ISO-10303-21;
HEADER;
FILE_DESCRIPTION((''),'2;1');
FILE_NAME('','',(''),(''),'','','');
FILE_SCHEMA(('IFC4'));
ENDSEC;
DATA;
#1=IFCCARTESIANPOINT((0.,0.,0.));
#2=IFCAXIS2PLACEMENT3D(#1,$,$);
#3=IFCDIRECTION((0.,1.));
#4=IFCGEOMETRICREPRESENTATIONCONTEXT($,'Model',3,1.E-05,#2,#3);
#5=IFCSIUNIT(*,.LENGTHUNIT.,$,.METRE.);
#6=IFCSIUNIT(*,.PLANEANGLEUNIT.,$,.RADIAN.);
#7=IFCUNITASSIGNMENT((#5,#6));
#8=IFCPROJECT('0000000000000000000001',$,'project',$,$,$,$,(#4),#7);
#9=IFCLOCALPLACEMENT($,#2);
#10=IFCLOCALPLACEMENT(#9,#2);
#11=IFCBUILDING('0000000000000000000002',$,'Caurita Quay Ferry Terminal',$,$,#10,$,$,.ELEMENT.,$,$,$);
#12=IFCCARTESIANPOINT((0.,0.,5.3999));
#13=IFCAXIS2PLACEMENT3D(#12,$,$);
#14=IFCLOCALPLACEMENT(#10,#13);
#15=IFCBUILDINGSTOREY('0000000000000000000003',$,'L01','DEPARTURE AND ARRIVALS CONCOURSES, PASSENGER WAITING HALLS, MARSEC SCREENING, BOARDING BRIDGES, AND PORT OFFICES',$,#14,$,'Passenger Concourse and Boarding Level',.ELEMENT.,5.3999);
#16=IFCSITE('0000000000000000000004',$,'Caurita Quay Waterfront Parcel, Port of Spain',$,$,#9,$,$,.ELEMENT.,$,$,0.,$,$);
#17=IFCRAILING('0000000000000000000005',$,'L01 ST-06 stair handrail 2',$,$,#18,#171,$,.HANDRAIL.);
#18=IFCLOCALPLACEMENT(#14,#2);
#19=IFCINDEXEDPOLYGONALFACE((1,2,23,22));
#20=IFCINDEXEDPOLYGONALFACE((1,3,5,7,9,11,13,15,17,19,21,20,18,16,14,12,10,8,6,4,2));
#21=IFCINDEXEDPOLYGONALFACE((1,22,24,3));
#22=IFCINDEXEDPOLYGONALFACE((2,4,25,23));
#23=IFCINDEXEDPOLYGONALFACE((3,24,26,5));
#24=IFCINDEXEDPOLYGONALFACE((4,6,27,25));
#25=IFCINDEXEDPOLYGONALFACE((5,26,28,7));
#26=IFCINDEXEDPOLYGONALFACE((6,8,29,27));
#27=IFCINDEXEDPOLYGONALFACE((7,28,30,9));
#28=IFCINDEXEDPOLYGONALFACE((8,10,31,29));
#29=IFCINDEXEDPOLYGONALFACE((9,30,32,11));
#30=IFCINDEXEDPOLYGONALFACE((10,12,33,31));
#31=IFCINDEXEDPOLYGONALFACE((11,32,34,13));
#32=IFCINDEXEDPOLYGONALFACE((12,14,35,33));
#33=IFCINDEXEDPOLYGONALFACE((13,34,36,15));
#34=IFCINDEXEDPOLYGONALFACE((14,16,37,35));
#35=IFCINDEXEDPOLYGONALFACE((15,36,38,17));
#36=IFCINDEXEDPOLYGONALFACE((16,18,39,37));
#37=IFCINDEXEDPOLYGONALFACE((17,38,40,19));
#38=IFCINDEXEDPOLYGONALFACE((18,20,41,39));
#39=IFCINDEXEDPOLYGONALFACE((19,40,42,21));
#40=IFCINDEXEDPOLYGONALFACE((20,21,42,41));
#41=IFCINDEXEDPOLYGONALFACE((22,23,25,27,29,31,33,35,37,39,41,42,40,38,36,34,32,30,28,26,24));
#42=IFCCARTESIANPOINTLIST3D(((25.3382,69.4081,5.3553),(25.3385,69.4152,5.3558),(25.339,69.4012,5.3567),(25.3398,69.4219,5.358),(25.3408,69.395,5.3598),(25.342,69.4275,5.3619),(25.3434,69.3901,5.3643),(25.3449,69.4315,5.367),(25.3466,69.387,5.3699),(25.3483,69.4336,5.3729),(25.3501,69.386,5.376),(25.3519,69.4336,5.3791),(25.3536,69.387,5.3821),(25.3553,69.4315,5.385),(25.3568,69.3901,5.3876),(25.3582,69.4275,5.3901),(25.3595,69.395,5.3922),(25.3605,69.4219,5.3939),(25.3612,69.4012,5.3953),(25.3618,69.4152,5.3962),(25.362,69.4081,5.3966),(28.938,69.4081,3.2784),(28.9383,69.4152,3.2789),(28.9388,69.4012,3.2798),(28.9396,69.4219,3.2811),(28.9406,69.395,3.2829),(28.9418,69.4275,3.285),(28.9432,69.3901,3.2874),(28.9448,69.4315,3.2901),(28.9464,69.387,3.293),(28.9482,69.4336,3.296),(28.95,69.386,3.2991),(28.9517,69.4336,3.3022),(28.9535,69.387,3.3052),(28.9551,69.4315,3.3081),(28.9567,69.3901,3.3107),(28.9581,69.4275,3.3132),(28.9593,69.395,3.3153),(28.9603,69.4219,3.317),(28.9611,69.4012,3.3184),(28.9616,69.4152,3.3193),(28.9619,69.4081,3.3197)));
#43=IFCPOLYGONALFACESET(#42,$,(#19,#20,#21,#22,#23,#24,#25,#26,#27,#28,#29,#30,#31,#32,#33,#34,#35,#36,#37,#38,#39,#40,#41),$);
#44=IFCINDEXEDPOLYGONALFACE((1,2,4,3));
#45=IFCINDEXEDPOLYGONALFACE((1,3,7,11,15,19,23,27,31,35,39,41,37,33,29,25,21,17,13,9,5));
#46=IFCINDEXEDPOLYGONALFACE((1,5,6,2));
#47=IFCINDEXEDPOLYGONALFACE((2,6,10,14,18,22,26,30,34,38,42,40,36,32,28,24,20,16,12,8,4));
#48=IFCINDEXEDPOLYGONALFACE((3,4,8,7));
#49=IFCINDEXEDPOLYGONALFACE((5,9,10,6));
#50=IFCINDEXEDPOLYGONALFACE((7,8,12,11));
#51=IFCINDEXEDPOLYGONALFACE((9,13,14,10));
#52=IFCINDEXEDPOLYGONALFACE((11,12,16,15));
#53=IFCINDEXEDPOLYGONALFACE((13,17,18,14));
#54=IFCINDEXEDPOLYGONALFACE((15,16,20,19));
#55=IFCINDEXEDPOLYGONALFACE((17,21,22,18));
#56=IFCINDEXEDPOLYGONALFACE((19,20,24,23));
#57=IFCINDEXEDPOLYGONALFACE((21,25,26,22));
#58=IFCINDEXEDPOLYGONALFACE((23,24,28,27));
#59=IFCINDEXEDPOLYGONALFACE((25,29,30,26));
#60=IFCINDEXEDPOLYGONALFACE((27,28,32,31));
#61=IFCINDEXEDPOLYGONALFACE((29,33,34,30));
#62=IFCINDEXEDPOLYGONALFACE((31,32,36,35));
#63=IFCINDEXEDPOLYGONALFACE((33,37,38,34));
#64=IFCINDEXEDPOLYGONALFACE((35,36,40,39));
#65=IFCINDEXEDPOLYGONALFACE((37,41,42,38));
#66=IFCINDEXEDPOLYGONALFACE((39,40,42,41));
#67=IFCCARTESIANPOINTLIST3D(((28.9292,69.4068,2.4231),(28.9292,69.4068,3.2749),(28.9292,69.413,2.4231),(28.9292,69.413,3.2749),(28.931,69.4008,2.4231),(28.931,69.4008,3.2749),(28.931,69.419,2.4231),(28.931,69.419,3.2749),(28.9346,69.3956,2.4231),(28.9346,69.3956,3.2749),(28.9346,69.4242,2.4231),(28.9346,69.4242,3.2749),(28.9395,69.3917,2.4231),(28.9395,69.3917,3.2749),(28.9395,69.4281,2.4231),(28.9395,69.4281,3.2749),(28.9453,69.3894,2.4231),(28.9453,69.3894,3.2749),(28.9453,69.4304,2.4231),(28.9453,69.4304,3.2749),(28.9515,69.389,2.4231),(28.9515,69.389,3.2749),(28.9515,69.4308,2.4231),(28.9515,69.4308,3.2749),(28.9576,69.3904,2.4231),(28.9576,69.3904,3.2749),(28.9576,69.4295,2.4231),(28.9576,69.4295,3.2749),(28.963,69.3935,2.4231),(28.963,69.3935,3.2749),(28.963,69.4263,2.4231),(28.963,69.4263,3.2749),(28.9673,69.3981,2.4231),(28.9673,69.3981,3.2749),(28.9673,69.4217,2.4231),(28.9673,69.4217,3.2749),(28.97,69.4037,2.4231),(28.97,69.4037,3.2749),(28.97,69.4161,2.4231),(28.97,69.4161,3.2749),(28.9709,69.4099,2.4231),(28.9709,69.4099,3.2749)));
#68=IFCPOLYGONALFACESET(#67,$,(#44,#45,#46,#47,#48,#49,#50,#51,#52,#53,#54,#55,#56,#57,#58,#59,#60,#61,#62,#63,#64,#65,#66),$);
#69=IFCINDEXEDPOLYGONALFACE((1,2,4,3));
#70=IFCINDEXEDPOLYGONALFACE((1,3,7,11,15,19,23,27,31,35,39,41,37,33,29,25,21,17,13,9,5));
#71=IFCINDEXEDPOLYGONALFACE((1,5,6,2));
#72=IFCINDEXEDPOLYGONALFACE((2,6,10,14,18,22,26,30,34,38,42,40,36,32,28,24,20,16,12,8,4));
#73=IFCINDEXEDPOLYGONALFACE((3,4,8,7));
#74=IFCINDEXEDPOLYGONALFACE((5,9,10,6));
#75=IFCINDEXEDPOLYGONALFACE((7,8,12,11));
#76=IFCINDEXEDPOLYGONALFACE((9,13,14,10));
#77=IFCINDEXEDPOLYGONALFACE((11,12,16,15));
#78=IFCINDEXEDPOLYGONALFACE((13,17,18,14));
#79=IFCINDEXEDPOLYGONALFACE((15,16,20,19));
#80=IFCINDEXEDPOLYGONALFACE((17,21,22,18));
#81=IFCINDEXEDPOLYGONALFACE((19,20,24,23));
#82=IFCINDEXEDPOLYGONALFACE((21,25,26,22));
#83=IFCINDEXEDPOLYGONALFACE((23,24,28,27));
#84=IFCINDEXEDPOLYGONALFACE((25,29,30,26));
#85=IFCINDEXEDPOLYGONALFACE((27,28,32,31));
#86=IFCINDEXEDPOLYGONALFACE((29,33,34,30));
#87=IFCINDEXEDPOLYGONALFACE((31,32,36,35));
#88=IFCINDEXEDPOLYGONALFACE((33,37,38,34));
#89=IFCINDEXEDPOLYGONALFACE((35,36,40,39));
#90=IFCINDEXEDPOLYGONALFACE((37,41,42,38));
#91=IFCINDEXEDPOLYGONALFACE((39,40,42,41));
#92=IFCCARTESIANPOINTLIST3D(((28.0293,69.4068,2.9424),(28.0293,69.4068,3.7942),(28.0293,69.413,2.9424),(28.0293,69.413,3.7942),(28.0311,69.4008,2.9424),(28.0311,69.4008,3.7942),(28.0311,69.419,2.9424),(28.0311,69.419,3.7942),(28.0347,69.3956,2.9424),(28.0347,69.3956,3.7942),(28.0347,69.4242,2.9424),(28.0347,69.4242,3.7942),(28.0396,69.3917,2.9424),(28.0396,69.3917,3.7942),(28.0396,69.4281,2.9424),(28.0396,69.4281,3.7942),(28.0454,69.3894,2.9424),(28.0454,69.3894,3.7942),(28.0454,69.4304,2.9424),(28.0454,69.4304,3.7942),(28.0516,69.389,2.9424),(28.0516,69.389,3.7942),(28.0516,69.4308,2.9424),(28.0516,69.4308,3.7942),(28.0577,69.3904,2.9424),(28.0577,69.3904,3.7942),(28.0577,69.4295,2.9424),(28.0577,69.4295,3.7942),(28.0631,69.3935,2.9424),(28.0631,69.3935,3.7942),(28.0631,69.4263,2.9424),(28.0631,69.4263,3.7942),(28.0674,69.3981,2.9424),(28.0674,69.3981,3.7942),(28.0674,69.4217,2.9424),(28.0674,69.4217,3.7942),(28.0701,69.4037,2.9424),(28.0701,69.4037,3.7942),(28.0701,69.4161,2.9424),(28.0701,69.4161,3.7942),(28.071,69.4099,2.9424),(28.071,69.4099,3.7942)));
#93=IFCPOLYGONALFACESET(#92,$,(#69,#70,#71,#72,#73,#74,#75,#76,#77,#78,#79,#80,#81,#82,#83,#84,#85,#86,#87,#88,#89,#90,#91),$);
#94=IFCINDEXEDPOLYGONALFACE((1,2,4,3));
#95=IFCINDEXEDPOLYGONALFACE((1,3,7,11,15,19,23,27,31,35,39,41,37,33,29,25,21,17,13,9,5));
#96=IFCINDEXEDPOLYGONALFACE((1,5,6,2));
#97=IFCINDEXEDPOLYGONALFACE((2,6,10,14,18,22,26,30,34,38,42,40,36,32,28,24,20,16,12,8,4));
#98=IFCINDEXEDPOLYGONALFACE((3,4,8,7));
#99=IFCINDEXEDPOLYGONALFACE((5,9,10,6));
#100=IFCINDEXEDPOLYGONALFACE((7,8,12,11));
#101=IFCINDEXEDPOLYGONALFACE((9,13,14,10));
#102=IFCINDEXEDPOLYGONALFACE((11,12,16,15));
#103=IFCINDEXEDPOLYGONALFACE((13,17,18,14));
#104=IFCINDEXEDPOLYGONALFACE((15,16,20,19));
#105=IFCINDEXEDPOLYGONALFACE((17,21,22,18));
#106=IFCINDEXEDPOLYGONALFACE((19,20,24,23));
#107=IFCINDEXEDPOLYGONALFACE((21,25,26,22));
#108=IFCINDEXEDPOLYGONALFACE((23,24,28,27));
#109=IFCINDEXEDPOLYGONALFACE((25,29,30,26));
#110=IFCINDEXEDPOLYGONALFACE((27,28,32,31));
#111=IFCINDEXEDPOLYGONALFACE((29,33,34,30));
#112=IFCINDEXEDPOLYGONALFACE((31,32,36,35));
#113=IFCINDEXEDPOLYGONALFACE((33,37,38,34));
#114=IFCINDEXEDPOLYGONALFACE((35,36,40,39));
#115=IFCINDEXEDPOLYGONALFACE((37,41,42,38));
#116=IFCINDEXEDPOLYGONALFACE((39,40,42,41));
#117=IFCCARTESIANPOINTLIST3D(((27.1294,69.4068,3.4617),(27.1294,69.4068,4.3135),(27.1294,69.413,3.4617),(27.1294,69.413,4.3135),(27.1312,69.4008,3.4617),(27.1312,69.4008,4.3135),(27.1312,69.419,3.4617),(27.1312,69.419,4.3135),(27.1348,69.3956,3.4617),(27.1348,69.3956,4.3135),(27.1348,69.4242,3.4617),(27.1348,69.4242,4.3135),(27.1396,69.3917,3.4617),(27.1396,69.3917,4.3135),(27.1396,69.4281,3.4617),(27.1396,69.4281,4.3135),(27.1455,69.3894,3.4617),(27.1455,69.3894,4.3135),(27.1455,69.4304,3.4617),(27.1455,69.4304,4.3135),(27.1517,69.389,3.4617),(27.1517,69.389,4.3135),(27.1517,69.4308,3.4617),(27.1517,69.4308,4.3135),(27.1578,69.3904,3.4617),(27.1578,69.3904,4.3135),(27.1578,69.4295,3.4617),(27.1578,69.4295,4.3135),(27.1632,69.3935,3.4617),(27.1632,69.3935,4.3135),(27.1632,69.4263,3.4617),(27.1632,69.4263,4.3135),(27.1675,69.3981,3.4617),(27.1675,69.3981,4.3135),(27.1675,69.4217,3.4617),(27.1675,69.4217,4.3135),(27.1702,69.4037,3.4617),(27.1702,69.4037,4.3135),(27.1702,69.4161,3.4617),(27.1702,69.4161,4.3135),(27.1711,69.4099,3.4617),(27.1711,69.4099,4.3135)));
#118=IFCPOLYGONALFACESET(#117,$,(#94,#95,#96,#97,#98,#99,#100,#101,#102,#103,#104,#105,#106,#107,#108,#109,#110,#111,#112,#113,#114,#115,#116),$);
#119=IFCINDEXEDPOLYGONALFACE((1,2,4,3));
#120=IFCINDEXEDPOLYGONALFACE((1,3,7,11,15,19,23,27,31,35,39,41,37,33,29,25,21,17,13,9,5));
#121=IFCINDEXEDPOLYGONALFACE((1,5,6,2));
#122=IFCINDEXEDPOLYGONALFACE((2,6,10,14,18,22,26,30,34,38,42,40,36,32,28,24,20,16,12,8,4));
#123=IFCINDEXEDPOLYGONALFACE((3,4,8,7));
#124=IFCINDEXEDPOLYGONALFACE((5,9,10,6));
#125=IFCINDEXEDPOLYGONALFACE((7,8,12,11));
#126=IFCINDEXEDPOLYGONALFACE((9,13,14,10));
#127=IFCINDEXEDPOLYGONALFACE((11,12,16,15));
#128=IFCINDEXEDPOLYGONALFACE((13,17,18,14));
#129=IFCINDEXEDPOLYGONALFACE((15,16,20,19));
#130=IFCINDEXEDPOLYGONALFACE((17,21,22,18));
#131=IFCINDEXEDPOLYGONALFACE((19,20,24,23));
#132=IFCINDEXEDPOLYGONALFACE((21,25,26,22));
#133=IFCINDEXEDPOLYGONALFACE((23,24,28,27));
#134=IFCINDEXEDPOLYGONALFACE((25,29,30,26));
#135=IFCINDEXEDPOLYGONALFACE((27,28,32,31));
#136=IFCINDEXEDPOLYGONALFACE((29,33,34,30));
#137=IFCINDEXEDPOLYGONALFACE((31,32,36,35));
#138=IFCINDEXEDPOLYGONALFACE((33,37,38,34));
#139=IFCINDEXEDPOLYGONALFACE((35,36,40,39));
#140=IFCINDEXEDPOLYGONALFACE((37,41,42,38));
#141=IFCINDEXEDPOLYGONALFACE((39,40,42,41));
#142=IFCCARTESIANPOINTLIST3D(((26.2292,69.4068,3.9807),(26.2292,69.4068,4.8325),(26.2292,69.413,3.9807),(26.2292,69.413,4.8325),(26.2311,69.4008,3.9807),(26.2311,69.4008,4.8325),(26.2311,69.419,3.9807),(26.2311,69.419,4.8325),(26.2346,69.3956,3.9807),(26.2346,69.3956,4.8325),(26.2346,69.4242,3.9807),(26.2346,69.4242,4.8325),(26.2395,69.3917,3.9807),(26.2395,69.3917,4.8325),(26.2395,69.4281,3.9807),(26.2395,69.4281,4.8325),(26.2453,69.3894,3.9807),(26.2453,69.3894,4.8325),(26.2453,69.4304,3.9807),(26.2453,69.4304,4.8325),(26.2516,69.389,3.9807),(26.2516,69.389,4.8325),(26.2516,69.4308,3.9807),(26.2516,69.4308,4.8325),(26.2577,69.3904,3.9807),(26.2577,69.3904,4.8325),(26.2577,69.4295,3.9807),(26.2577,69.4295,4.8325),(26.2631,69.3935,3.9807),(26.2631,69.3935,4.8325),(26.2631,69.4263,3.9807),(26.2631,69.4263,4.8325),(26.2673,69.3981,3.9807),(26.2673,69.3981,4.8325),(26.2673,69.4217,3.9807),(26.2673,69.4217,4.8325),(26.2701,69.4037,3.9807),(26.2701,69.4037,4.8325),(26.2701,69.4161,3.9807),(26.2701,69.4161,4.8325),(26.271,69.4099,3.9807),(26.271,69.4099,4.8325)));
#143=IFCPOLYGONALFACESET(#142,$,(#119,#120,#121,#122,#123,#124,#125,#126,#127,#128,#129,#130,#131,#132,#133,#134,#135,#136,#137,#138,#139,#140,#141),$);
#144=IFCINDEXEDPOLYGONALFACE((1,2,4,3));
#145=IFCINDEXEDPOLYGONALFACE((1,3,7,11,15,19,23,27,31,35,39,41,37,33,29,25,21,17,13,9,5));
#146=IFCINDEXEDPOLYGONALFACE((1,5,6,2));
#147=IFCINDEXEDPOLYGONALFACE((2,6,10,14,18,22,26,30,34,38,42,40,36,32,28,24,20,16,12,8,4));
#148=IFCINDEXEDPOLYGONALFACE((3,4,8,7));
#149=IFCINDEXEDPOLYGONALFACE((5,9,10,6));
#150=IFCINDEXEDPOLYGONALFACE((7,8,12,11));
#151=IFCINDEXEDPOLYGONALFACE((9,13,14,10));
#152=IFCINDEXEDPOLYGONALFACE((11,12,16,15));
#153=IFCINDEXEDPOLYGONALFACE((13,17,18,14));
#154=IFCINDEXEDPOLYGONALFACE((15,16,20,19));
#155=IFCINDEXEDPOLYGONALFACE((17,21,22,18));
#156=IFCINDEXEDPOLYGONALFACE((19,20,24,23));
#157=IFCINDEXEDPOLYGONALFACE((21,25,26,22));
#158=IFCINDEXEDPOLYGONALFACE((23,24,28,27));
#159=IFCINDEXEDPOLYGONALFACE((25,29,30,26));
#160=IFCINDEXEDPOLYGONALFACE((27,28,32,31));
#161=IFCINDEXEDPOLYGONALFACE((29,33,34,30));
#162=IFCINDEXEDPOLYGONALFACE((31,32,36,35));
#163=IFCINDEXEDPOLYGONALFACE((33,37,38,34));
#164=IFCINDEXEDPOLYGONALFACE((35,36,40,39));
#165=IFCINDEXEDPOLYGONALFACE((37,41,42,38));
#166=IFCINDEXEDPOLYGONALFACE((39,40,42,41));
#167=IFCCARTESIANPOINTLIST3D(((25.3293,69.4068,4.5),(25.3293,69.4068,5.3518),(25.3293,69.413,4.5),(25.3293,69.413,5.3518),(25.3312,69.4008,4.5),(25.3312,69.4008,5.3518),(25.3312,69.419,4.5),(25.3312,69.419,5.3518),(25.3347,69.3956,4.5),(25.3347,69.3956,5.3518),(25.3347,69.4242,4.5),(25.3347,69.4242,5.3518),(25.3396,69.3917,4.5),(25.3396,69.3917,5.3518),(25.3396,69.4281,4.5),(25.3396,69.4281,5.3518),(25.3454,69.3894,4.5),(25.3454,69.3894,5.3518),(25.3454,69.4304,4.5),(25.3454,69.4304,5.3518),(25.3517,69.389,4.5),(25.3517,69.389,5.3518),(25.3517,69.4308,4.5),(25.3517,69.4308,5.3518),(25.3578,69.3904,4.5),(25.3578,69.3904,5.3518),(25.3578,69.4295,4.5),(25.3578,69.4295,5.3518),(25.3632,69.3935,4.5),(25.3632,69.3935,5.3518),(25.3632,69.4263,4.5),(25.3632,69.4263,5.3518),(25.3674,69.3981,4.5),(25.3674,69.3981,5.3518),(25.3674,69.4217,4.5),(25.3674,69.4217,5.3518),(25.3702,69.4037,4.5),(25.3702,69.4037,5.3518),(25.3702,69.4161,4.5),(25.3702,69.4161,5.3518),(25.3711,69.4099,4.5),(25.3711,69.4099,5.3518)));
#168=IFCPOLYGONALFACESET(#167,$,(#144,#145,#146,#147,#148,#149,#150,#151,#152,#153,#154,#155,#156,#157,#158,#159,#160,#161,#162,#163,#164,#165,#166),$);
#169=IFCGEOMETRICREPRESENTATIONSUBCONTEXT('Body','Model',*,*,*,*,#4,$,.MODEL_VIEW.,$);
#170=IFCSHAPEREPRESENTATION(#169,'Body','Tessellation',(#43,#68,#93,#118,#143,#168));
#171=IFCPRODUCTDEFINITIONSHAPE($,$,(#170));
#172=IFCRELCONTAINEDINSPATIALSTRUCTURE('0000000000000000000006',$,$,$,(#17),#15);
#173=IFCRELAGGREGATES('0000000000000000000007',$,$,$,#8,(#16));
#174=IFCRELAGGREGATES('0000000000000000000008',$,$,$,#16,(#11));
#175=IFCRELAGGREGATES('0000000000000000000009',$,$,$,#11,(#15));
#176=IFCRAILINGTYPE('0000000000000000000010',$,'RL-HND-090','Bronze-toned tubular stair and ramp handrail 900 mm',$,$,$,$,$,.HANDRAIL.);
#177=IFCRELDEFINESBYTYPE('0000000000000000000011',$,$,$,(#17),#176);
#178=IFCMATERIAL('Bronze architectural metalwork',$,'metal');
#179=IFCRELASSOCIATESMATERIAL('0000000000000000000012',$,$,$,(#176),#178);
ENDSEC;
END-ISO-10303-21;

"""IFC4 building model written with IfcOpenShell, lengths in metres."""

from ifc_helpers import new_model, si_unit, direction, frame, origin, origin_2d, place, context, subcontext, project, spatial, circle, extrude, material, type_object, element, save


model = new_model("IFC4")

# Units and contexts
model_context = context("Model", 3, precision=1e-05, world=origin(), true_north=direction((0.0, 1.0)))
body_context = subcontext(model_context, "Body", "Model", "MODEL_VIEW")
ifc_project = project(units=[si_unit("LENGTHUNIT", "METRE"), si_unit("PLANEANGLEUNIT", "RADIAN")], contexts=[model_context])

# Site, building, storey
site_placement = place(None, origin())
site = spatial("IfcSite", under=ifc_project, at=site_placement, Name="Caurita Quay Waterfront Parcel, Port of Spain", CompositionType="ELEMENT", RefElevation=0.0)
building_placement = place(site_placement, origin())
building = spatial("IfcBuilding", under=site, at=building_placement, Name="Caurita Quay Ferry Terminal", CompositionType="ELEMENT")
storey_placement = place(building_placement, frame((0.0, 0.0, 5.3999)))
storey = spatial("IfcBuildingStorey", under=building, at=storey_placement, Name="L01", Description="DEPARTURE AND ARRIVALS CONCOURSES, PASSENGER WAITING HALLS, MARSEC SCREENING, BOARDING BRIDGES, AND PORT OFFICES", LongName="Passenger Concourse and Boarding Level", CompositionType="ELEMENT", Elevation=5.3999)

# Railing
ifc_material_1 = material(Name="Bronze architectural metalwork", Category="metal")
railing_type_1 = type_object("IfcRailingType", Name="RL-HND-090", Description="Bronze-toned tubular stair and ramp handrail 900 mm", PredefinedType="HANDRAIL", material=ifc_material_1)
railing_1_placement = place(storey_placement, frame((28.95, 69.4099, 2.4231)))
element("IfcRailing", 1, at=railing_1_placement, inside=storey, type_object=railing_type_1, Name="L01 ST-06 stair handrail 2", PredefinedType="HANDRAIL", context=body_context, shape_type="SweptSolid", body=[
    extrude(circle(Radius=0.0239, at=origin_2d()), frame((0.0, 0.0, 0.876), z_axis=(-0.866179, 0.0, 0.499734), x_axis=(0.0, -1.0, 0.0)), (0.0, 0.0, 1.0), 4.156),
    extrude(circle(Radius=0.021, at=origin_2d()), origin(), (0.0, 0.0, 1.0), 0.8518),
    extrude(circle(Radius=0.021, at=origin_2d()), frame((-0.8999, 0.0, 0.5193)), (0.0, 0.0, 1.0), 0.8518),
    extrude(circle(Radius=0.021, at=origin_2d()), frame((-1.7998, 0.0, 1.0386)), (0.0, 0.0, 1.0), 0.8518),
    extrude(circle(Radius=0.021, at=origin_2d()), frame((-2.7, 0.0, 1.5576)), (0.0, 0.0, 1.0), 0.8518),
    extrude(circle(Radius=0.021, at=origin_2d()), frame((-3.5999, 0.0, 2.0769)), (0.0, 0.0, 1.0), 0.8518),
])

save(model, "model.ifc")
